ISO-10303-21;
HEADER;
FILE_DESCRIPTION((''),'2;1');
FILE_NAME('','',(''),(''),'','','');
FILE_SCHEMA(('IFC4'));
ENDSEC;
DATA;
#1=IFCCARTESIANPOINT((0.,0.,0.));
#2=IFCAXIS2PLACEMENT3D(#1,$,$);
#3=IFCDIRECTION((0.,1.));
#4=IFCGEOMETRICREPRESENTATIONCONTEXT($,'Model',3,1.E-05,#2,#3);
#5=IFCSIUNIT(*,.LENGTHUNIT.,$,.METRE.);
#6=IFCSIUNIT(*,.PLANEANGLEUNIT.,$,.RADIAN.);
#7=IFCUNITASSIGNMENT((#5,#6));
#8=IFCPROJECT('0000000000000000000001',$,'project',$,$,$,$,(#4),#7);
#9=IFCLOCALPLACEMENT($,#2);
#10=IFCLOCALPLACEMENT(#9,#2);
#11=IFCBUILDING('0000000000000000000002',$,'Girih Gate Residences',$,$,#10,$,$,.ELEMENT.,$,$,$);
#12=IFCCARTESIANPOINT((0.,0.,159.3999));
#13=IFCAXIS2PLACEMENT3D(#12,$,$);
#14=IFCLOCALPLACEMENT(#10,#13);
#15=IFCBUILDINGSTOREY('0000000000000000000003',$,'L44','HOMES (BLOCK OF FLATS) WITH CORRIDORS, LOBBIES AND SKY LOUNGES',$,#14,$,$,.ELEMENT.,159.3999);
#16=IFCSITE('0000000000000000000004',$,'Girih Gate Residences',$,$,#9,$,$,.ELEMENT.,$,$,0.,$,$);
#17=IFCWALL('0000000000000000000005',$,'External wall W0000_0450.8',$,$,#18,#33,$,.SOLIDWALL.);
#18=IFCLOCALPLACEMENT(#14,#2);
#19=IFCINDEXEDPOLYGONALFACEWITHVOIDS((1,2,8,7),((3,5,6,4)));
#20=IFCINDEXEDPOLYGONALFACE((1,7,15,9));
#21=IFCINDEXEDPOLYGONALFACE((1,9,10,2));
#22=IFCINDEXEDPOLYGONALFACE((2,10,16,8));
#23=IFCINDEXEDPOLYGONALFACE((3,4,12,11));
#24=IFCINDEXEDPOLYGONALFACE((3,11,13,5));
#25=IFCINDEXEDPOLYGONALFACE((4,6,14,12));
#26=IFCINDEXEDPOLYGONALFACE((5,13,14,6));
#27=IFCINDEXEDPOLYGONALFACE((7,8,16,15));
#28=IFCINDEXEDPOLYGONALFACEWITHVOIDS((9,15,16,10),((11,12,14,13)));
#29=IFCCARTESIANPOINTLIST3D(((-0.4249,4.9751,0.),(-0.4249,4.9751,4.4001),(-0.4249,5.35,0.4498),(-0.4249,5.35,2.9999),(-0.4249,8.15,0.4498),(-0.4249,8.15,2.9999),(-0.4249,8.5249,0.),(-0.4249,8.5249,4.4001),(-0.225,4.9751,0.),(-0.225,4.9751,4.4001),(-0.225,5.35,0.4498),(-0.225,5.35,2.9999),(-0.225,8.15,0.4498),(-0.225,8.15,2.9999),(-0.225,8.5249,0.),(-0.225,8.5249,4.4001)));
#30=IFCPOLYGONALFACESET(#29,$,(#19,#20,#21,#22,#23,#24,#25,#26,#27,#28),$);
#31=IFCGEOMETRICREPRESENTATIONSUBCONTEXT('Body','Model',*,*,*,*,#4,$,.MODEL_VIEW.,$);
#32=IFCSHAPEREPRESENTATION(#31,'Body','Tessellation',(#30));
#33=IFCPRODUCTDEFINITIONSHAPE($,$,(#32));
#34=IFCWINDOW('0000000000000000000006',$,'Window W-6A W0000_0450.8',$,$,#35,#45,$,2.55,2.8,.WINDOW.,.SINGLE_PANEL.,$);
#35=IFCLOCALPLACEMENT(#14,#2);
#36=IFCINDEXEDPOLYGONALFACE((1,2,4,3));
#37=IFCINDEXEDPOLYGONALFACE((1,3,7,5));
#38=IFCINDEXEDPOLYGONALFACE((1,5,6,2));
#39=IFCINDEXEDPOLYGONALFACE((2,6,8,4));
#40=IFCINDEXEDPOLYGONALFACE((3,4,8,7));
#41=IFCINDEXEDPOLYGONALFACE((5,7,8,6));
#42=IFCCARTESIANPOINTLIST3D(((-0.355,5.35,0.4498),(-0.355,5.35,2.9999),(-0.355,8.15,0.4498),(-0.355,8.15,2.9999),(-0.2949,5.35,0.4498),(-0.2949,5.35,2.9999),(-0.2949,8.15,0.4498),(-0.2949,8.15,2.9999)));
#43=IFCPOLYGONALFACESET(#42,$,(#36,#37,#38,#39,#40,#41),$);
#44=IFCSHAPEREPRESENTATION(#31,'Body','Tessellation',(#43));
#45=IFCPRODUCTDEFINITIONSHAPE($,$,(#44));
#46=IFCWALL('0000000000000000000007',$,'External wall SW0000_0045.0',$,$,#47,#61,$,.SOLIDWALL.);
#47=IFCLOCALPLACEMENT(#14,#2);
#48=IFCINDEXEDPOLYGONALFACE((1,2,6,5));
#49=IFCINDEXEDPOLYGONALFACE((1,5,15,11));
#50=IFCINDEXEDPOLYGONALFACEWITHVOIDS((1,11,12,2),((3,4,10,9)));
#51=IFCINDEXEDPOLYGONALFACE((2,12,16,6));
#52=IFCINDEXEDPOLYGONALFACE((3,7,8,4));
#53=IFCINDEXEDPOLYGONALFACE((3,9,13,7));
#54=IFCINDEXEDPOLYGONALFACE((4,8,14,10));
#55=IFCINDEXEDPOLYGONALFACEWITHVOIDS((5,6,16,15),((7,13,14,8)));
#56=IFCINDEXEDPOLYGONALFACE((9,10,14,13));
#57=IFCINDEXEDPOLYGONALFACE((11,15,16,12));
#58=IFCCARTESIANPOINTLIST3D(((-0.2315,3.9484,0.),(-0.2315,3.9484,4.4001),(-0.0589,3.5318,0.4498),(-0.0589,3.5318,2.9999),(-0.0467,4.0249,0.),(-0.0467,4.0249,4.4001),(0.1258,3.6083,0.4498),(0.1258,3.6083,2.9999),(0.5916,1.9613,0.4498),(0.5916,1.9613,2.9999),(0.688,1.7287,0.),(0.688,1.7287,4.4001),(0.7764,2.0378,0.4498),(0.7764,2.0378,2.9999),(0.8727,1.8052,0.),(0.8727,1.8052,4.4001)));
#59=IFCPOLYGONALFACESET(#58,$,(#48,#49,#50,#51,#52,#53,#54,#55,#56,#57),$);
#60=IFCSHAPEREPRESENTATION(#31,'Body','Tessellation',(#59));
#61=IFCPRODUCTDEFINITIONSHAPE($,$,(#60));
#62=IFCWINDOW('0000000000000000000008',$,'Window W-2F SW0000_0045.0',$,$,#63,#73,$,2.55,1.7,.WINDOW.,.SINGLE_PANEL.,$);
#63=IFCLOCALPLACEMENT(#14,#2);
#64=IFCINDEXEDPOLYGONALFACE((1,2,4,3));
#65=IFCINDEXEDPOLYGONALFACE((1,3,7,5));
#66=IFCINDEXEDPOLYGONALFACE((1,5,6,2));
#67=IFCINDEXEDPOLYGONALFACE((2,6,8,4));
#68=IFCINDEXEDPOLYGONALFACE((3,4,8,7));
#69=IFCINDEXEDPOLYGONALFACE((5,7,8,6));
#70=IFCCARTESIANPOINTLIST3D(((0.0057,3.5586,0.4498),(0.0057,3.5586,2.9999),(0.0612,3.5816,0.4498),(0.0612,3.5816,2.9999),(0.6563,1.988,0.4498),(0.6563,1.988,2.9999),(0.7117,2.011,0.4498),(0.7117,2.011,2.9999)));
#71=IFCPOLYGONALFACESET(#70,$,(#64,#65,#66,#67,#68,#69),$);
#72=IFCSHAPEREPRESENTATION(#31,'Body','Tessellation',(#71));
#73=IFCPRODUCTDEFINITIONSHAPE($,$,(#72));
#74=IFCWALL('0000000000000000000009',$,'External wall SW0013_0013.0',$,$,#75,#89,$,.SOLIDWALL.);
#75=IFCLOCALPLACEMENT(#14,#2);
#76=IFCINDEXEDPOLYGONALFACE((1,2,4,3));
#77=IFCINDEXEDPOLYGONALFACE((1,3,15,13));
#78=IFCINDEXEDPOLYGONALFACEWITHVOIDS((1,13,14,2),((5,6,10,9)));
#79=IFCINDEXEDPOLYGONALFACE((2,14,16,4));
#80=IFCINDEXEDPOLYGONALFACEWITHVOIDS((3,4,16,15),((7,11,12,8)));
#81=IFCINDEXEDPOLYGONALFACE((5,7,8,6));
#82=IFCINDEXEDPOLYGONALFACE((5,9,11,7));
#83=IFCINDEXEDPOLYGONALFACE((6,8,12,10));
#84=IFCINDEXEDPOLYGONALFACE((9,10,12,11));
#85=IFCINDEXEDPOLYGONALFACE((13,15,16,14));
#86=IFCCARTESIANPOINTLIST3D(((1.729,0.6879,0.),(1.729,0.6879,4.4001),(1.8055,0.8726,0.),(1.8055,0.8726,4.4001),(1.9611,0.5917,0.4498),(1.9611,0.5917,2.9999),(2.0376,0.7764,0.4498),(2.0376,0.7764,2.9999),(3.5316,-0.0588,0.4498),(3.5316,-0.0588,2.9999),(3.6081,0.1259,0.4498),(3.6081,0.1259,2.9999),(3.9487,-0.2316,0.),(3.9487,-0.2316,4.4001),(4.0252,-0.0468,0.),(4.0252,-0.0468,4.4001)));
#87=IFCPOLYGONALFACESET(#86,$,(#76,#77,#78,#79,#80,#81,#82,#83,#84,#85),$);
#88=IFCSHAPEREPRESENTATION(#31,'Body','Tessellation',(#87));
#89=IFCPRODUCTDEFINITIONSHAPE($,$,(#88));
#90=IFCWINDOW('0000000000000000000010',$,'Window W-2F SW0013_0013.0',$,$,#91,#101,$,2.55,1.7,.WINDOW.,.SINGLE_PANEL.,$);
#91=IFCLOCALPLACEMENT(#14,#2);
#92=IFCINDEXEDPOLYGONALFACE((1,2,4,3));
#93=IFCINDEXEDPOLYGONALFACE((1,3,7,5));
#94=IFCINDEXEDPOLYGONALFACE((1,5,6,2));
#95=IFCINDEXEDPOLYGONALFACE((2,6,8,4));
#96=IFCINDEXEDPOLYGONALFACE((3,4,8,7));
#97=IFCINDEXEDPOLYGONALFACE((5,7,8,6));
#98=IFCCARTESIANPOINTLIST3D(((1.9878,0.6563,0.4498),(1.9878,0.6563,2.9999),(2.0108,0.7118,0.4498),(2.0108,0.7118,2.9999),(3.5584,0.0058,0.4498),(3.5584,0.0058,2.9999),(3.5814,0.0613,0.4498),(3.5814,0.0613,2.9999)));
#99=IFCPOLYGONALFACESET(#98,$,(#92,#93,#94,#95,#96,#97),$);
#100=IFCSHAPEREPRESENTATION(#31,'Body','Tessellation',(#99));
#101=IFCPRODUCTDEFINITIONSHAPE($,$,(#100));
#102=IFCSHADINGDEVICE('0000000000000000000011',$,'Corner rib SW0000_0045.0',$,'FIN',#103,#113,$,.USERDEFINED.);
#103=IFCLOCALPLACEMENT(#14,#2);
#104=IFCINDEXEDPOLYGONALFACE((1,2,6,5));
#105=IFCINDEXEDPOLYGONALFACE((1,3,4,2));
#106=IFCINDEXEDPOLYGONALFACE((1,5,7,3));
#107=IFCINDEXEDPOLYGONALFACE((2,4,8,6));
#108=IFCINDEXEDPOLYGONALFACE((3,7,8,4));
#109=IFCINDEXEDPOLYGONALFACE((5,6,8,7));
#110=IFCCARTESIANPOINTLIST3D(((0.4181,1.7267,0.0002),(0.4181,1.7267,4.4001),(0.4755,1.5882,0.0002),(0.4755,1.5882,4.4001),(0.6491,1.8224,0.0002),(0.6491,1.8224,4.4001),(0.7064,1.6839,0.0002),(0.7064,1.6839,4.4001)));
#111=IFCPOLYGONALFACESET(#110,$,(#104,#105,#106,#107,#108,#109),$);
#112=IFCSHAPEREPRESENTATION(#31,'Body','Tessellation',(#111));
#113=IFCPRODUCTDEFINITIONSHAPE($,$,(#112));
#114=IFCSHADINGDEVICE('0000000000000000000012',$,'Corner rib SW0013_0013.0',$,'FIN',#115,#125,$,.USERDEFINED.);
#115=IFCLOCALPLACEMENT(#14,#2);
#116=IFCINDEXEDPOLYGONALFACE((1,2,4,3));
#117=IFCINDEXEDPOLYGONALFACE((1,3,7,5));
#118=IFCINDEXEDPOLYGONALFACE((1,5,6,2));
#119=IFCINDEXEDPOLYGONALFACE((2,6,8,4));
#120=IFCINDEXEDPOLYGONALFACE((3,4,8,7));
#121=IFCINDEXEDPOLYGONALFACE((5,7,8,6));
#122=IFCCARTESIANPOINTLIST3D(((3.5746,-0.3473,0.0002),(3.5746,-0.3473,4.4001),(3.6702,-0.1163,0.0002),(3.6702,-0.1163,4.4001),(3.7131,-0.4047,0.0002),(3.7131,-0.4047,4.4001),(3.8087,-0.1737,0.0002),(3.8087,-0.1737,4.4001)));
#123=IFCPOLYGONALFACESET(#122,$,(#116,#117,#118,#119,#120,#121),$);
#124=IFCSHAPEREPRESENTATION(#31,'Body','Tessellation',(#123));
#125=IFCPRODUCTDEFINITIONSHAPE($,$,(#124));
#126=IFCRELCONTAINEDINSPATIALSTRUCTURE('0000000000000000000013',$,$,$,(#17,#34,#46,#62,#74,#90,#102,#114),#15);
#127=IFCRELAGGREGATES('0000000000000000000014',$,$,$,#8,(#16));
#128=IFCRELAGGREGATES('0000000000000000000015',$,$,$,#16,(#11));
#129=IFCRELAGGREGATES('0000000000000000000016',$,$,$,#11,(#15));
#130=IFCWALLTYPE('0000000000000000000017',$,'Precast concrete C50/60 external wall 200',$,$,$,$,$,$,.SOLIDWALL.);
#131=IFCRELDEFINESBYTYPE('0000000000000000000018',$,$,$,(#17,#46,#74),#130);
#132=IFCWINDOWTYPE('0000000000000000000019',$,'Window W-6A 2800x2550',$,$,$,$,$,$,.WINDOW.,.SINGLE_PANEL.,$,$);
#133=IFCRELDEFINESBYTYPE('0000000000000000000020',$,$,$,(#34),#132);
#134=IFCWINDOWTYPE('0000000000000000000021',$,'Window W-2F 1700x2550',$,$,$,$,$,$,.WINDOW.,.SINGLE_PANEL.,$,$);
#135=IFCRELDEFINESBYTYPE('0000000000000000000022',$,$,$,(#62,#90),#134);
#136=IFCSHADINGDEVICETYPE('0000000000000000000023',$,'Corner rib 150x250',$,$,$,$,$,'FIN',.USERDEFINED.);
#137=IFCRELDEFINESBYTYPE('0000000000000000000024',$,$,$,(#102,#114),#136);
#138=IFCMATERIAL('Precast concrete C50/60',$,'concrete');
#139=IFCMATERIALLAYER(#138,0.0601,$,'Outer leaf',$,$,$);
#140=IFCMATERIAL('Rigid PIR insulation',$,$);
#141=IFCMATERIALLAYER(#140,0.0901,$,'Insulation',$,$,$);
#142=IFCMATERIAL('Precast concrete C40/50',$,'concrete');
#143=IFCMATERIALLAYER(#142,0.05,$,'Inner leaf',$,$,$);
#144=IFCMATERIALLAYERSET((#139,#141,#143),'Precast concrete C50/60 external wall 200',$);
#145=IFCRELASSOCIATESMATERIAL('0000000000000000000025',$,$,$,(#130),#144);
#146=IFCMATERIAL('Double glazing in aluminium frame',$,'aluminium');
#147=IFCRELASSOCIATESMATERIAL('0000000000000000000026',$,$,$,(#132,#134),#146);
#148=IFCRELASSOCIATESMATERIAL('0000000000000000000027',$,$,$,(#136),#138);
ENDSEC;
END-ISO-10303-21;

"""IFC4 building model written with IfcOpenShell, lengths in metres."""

from ifc_helpers import new_model, si_unit, direction, frame, frame_2d, origin, origin_2d, place, context, subcontext, project, spatial, rectangle, extrude, material, layer, layer_set, type_object, element, fill, save


model = new_model("IFC4")

# Units and contexts
model_context = context("Model", 3, precision=1e-05, world=origin(), true_north=direction((0.0, 1.0)))
body_context = subcontext(model_context, "Body", "Model", "MODEL_VIEW")
ifc_project = project(units=[si_unit("LENGTHUNIT", "METRE"), si_unit("PLANEANGLEUNIT", "RADIAN")], contexts=[model_context])

# Site, building, storey
site_placement = place(None, origin())
site = spatial("IfcSite", under=ifc_project, at=site_placement, Name="Girih Gate Residences", CompositionType="ELEMENT", RefElevation=0.0)
building_placement = place(site_placement, origin())
building = spatial("IfcBuilding", under=site, at=building_placement, Name="Girih Gate Residences", CompositionType="ELEMENT")
storey_placement = place(building_placement, frame((0.0, 0.0, 159.3999)))
storey = spatial("IfcBuildingStorey", under=building, at=storey_placement, Name="L44", Description="HOMES (BLOCK OF FLATS) WITH CORRIDORS, LOBBIES AND SKY LOUNGES", CompositionType="ELEMENT", Elevation=159.3999)

# Walls, openings, windows
ifc_material_1 = material(Name="Precast concrete C50/60", Category="concrete")
ifc_layer_1 = layer(ifc_material_1, 0.0601, Name="Outer leaf")
ifc_material_2 = material(Name="Rigid PIR insulation")
ifc_layer_2 = layer(ifc_material_2, 0.0901, Name="Insulation")
ifc_material_3 = material(Name="Precast concrete C40/50", Category="concrete")
ifc_layer_3 = layer(ifc_material_3, 0.05, Name="Inner leaf")
ifc_layer_set_1 = layer_set([ifc_layer_1, ifc_layer_2, ifc_layer_3], Name="Precast concrete C50/60 external wall 200")
wall_type = type_object("IfcWallType", Name="Precast concrete C50/60 external wall 200", PredefinedType="SOLIDWALL", material=ifc_layer_set_1)
wall_1_placement = place(storey_placement, frame((-0.325, 4.9751, 0.0), z_axis=(0.0, 0.0, 1.0), x_axis=(0.0, 1.0, 0.0)))
wall_1 = element("IfcWall", 1, at=wall_1_placement, inside=storey, type_object=wall_type, Name="External wall W0000_0450.8", PredefinedType="SOLIDWALL", context=body_context, shape_type="SweptSolid", body=[
    extrude(rectangle(XDim=3.5498, YDim=0.2, at=frame_2d((1.7749, 0.0))), origin(), (0.0, 0.0, 1.0), 4.4001),
])
opening_1_placement = place(wall_1_placement, frame((0.375, 0.0, 0.45)))
opening_1 = element("IfcOpeningElement", 2, at=opening_1_placement, cuts=wall_1, PredefinedType="OPENING", context=body_context, shape_type="SweptSolid", body=[
    extrude(rectangle(XDim=2.8, YDim=2.55, at=frame_2d((1.3999, 1.2749))), frame((0.0, 0.1099, 0.0), z_axis=(0.0, -1.0, 0.0), x_axis=(1.0, 0.0, 0.0)), (0.0, 0.0, 1.0), 0.22),
])
ifc_material_4 = material(Name="Double glazing in aluminium frame", Category="aluminium")
window_type_1 = type_object("IfcWindowType", Name="Window W-6A 2800x2550", PartitioningType="SINGLE_PANEL", PredefinedType="WINDOW", material=ifc_material_4)
window_1_placement = place(opening_1_placement, origin())
window_1 = element("IfcWindow", 3, at=window_1_placement, inside=storey, type_object=window_type_1, Name="Window W-6A W0000_0450.8", OverallHeight=2.55, OverallWidth=2.8, PartitioningType="SINGLE_PANEL", PredefinedType="WINDOW", context=body_context, shape_type="SweptSolid", body=[
    extrude(rectangle(XDim=2.8, YDim=2.55, at=frame_2d((1.3999, 1.2749))), frame((0.0, 0.03, 0.0), z_axis=(0.0, -1.0, 0.0), x_axis=(1.0, 0.0, 0.0)), (0.0, 0.0, 1.0), 0.0601),
])
fill(opening_1, window_1)
wall_2_placement = place(storey_placement, frame((0.7803, 1.7671, 0.0), z_axis=(0.0, 0.0, 1.0), x_axis=(-0.382681, 0.923881, 0.0)))
wall_2 = element("IfcWall", 4, at=wall_2_placement, inside=storey, type_object=wall_type, Name="External wall SW0000_0045.0", PredefinedType="SOLIDWALL", context=body_context, shape_type="SweptSolid", body=[
    extrude(rectangle(XDim=2.4026, YDim=0.2, at=frame_2d((1.2012, 0.0))), origin(), (0.0, 0.0, 1.0), 4.4001),
])
opening_2_placement = place(wall_2_placement, frame((0.2515, 0.0, 0.45)))
opening_2 = element("IfcOpeningElement", 5, at=opening_2_placement, cuts=wall_2, PredefinedType="OPENING", context=body_context, shape_type="SweptSolid", body=[
    extrude(rectangle(XDim=1.7, YDim=2.55, at=frame_2d((0.8501, 1.2749))), frame((0.0, 0.1099, 0.0), z_axis=(0.0, -1.0, 0.0), x_axis=(1.0, 0.0, 0.0)), (0.0, 0.0, 1.0), 0.22),
])
window_type_2 = type_object("IfcWindowType", Name="Window W-2F 1700x2550", PartitioningType="SINGLE_PANEL", PredefinedType="WINDOW", material=ifc_material_4)
window_2_placement = place(opening_2_placement, origin())
window_2 = element("IfcWindow", 6, at=window_2_placement, inside=storey, type_object=window_type_2, Name="Window W-2F SW0000_0045.0", OverallHeight=2.55, OverallWidth=1.7, PartitioningType="SINGLE_PANEL", PredefinedType="WINDOW", context=body_context, shape_type="SweptSolid", body=[
    extrude(rectangle(XDim=1.7, YDim=2.55, at=frame_2d((0.8501, 1.2749))), frame((0.0, 0.03, 0.0), z_axis=(0.0, -1.0, 0.0), x_axis=(1.0, 0.0, 0.0)), (0.0, 0.0, 1.0), 0.0601),
])
fill(opening_2, window_2)
wall_3_placement = place(storey_placement, frame((3.9868, -0.1392, 0.0), z_axis=(0.0, 0.0, 1.0), x_axis=(-0.923881, 0.382681, 0.0)))
wall_3 = element("IfcWall", 7, at=wall_3_placement, inside=storey, type_object=wall_type, Name="External wall SW0013_0013.0", PredefinedType="SOLIDWALL", context=body_context, shape_type="SweptSolid", body=[
    extrude(rectangle(XDim=2.4026, YDim=0.2, at=frame_2d((1.2012, 0.0))), origin(), (0.0, 0.0, 1.0), 4.4001),
])
opening_3_placement = place(wall_3_placement, frame((0.4512, 0.0, 0.45)))
opening_3 = element("IfcOpeningElement", 8, at=opening_3_placement, cuts=wall_3, PredefinedType="OPENING", context=body_context, shape_type="SweptSolid", body=[
    extrude(rectangle(XDim=1.7, YDim=2.55, at=frame_2d((0.8501, 1.2749))), frame((0.0, 0.1099, 0.0), z_axis=(0.0, -1.0, 0.0), x_axis=(1.0, 0.0, 0.0)), (0.0, 0.0, 1.0), 0.22),
])
window_3_placement = place(opening_3_placement, origin())
window_3 = element("IfcWindow", 9, at=window_3_placement, inside=storey, type_object=window_type_2, Name="Window W-2F SW0013_0013.0", OverallHeight=2.55, OverallWidth=1.7, PartitioningType="SINGLE_PANEL", PredefinedType="WINDOW", context=body_context, shape_type="SweptSolid", body=[
    extrude(rectangle(XDim=1.7, YDim=2.55, at=frame_2d((0.8501, 1.2749))), frame((0.0, 0.03, 0.0), z_axis=(0.0, -1.0, 0.0), x_axis=(1.0, 0.0, 0.0)), (0.0, 0.0, 1.0), 0.0601),
])
fill(opening_3, window_3)

# Shading devices
shading_device_type = type_object("IfcShadingDeviceType", Name="Corner rib 150x250", ElementType="FIN", PredefinedType="USERDEFINED", material=ifc_material_1)
for number, where, z_axis, x_axis, name in (
    (10, (0.5623, 1.7053, 0.0002), (0.0, 0.0, 1.0), (0.382683, -0.92388, 0.0), "Corner rib SW0000_0045.0"),
    (11, (3.6917, -0.2605, 0.0002), (0.0, 0.0, 1.0), (0.92388, -0.382683, 0.0), "Corner rib SW0013_0013.0"),
):
    element("IfcShadingDevice", number, at=place(storey_placement, frame(where, z_axis=z_axis, x_axis=x_axis)), inside=storey, type_object=shading_device_type, Name=name, ObjectType="FIN", PredefinedType="USERDEFINED", context=body_context, shape_type="SweptSolid", body=[
        extrude(rectangle(XDim=0.1499, YDim=0.25, at=origin_2d()), origin(), (0.0, 0.0, 1.0), 4.3999),
    ])

save(model, "model.ifc")
